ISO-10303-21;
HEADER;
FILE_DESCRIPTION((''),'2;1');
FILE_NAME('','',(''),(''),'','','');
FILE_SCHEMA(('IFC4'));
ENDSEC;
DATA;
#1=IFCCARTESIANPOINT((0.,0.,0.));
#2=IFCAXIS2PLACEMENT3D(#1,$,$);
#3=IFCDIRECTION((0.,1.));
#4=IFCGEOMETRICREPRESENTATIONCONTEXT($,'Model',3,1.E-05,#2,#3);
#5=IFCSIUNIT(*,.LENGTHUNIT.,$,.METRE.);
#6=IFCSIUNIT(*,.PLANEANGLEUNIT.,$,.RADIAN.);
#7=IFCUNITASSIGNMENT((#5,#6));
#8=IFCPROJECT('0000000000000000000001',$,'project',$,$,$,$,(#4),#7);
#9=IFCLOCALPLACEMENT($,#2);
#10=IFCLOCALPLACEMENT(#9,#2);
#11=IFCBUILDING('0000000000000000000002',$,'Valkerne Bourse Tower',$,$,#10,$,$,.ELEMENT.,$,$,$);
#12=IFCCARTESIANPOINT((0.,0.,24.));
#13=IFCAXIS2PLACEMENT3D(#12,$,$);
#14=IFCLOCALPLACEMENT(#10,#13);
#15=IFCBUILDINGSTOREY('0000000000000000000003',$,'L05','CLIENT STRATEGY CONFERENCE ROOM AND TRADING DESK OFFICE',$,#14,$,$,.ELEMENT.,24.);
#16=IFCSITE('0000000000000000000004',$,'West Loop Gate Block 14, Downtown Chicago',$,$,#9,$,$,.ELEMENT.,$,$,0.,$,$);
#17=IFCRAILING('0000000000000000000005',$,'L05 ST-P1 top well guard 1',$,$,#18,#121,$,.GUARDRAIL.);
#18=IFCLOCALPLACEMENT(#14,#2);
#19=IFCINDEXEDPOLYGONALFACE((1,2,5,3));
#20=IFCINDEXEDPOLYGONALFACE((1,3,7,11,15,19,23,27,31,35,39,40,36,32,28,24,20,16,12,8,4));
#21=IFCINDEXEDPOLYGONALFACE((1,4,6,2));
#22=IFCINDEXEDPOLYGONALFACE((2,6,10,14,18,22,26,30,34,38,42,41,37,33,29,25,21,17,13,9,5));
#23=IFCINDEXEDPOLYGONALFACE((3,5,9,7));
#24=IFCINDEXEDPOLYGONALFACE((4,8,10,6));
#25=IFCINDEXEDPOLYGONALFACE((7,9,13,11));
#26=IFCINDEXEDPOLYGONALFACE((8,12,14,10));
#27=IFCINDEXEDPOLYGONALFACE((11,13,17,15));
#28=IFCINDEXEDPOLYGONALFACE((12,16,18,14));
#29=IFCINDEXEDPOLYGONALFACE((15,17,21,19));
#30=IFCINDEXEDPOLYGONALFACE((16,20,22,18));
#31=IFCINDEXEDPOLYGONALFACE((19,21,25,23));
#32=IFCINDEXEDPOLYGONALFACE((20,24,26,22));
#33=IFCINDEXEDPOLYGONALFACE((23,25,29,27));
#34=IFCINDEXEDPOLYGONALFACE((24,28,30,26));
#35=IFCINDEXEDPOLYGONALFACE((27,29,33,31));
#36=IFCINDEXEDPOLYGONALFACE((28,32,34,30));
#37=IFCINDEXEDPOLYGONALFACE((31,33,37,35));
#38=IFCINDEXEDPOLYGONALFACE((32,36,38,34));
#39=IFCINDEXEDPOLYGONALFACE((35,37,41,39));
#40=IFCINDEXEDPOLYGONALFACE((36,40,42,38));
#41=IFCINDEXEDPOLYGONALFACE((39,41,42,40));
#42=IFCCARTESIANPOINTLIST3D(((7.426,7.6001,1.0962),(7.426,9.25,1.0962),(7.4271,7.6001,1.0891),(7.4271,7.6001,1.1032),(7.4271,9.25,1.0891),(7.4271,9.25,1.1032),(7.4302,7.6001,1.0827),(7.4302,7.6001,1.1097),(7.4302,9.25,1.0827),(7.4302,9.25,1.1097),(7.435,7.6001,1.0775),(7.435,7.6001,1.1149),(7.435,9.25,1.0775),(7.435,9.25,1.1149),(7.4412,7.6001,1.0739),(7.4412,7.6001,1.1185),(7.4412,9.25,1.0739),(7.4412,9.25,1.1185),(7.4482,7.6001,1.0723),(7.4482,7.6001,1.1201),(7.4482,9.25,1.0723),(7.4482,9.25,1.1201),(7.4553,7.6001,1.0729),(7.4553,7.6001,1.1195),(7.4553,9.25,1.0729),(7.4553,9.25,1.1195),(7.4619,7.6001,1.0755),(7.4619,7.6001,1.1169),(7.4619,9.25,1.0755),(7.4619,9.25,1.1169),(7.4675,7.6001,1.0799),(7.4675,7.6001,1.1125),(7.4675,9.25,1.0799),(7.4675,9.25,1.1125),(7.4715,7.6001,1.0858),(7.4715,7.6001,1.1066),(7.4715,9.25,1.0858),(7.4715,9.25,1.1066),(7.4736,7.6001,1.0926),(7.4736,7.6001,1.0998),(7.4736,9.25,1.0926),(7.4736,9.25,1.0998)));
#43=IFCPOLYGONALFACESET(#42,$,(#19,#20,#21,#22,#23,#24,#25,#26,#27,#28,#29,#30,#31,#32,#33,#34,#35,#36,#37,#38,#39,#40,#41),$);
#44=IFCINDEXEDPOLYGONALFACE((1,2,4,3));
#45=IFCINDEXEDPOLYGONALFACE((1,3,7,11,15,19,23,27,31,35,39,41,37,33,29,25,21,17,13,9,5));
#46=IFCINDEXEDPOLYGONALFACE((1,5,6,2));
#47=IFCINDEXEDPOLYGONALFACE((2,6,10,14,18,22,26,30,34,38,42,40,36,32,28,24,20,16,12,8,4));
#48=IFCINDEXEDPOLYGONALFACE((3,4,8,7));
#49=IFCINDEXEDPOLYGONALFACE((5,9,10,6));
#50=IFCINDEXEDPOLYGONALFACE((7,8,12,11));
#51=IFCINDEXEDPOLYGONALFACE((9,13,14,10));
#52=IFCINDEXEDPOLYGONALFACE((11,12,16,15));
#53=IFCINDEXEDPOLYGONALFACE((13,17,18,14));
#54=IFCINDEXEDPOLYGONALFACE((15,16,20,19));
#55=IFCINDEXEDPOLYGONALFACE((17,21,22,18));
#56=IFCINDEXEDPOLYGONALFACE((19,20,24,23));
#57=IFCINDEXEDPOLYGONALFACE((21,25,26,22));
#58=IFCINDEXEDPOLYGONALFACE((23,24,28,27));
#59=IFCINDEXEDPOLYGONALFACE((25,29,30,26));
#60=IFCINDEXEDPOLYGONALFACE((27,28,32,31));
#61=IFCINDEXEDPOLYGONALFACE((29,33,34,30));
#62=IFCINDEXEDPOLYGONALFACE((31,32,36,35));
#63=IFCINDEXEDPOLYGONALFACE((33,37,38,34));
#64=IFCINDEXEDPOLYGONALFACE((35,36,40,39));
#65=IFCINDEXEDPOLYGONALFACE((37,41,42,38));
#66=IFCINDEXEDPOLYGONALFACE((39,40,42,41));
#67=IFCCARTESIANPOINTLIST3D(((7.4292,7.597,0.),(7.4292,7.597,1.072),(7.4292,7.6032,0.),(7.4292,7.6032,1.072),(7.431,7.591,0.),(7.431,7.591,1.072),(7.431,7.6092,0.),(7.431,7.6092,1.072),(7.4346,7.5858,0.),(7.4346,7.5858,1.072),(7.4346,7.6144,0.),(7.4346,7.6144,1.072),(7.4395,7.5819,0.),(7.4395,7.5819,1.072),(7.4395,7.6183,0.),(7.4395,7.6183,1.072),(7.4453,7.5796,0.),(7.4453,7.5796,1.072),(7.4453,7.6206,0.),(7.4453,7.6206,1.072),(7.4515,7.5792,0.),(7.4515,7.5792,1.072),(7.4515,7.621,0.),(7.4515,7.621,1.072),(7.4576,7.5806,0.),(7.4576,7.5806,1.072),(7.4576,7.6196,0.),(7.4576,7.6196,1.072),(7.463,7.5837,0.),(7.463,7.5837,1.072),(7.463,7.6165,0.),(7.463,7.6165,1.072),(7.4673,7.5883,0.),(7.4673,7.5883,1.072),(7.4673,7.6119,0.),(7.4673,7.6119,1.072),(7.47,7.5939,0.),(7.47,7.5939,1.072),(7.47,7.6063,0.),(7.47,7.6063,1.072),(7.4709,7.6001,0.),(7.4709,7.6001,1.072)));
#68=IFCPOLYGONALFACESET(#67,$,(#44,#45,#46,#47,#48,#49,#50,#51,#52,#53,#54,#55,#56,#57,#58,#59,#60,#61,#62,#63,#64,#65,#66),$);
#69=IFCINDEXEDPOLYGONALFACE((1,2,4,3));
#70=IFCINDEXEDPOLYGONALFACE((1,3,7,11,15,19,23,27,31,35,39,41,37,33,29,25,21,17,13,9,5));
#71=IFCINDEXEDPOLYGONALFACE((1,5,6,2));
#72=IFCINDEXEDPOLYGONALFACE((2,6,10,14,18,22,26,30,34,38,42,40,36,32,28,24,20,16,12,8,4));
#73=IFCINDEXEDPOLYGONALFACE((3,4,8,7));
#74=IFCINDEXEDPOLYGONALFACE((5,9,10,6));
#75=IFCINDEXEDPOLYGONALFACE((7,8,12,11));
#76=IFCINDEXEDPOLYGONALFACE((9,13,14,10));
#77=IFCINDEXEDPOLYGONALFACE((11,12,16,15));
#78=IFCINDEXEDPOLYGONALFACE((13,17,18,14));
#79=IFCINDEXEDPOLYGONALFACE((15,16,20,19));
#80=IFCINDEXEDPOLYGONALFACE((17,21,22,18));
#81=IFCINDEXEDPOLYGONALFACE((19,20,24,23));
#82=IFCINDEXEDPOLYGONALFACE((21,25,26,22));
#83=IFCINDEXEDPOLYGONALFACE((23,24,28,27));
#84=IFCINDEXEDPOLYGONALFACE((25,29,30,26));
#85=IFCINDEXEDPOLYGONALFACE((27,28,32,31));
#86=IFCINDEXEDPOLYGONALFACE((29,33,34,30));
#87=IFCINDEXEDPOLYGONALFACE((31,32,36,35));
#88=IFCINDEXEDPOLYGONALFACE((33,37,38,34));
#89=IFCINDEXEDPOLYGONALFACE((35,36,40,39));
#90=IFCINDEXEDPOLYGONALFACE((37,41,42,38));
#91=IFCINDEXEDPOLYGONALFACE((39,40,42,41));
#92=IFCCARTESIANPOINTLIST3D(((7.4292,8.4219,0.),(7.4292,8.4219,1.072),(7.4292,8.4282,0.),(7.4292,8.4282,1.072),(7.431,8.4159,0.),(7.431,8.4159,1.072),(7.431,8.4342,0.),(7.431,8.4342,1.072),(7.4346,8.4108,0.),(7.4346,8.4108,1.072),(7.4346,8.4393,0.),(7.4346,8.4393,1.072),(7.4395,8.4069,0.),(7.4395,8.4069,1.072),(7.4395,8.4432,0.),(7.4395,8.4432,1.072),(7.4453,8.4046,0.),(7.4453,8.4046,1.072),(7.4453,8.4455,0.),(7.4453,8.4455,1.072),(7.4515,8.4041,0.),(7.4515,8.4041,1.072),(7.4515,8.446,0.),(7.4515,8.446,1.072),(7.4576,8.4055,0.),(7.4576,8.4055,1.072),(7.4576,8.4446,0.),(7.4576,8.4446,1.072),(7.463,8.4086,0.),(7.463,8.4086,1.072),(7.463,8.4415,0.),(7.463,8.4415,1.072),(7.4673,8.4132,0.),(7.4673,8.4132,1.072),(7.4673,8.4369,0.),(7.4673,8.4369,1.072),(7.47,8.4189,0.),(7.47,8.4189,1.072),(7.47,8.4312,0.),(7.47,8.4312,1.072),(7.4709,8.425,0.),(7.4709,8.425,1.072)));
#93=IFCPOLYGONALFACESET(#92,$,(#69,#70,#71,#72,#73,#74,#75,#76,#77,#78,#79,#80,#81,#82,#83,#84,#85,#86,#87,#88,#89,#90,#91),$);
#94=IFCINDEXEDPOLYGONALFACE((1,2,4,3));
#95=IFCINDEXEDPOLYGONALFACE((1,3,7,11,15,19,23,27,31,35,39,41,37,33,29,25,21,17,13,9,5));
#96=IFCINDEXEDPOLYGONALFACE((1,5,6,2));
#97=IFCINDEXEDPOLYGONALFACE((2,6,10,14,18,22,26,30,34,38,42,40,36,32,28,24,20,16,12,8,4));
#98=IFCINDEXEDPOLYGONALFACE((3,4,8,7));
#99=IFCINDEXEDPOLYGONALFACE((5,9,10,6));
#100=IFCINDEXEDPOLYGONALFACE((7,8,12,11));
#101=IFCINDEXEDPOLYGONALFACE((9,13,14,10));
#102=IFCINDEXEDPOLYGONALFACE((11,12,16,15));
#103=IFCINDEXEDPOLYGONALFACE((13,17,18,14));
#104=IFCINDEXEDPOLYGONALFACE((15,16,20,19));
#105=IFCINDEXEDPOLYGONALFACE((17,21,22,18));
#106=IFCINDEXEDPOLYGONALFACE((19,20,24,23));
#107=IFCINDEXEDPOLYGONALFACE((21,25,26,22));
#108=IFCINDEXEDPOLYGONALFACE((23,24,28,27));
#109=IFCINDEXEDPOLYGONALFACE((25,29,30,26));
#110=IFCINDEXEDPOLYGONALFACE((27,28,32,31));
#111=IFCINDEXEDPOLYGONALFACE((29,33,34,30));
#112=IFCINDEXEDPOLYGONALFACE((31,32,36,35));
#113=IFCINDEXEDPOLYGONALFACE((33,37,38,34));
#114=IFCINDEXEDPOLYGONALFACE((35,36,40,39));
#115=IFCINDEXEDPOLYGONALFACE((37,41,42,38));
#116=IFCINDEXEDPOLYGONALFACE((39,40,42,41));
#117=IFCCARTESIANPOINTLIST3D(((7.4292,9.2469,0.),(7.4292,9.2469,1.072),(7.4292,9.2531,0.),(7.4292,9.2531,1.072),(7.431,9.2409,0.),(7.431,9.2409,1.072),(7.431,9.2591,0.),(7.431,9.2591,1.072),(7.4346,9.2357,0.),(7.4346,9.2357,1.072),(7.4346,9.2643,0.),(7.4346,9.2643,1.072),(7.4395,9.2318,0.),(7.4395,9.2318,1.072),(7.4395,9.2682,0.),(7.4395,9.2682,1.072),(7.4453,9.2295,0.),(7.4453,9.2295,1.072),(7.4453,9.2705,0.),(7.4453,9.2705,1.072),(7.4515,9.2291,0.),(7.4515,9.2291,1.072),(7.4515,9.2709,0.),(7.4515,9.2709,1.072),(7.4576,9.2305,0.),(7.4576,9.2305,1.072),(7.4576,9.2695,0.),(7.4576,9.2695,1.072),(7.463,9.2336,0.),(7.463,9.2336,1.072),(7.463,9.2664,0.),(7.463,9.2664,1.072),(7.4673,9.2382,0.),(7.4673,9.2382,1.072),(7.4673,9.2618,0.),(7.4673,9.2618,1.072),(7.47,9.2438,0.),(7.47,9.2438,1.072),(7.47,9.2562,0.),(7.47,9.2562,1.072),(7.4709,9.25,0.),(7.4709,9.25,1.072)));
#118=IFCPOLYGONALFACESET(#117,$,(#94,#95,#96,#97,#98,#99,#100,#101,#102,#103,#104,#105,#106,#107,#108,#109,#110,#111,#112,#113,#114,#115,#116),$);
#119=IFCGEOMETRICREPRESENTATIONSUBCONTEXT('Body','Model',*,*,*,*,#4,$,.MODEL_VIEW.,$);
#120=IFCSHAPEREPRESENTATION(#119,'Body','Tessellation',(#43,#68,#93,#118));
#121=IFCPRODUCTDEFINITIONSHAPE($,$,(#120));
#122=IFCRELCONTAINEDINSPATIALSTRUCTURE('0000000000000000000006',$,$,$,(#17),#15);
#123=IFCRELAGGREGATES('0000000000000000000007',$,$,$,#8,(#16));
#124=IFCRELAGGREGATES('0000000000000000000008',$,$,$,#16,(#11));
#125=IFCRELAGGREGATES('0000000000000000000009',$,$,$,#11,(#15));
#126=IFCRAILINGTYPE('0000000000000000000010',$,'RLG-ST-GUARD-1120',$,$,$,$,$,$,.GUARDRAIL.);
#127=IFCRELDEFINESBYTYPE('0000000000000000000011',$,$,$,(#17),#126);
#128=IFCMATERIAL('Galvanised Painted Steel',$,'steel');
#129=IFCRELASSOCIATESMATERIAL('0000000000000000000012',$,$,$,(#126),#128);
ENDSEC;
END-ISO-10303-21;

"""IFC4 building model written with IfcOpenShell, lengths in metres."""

from ifc_helpers import new_model, si_unit, direction, frame, origin, origin_2d, place, context, subcontext, project, spatial, circle, extrude, material, type_object, element, save


model = new_model("IFC4")

# Units and contexts
model_context = context("Model", 3, precision=1e-05, world=origin(), true_north=direction((0.0, 1.0)))
body_context = subcontext(model_context, "Body", "Model", "MODEL_VIEW")
ifc_project = project(units=[si_unit("LENGTHUNIT", "METRE"), si_unit("PLANEANGLEUNIT", "RADIAN")], contexts=[model_context])

# Site, building, storey
site_placement = place(None, origin())
site = spatial("IfcSite", under=ifc_project, at=site_placement, Name="West Loop Gate Block 14, Downtown Chicago", CompositionType="ELEMENT", RefElevation=0.0)
building_placement = place(site_placement, origin())
building = spatial("IfcBuilding", under=site, at=building_placement, Name="Valkerne Bourse Tower", CompositionType="ELEMENT")
storey_placement = place(building_placement, frame((0.0, 0.0, 24.0)))
storey = spatial("IfcBuildingStorey", under=building, at=storey_placement, Name="L05", Description="CLIENT STRATEGY CONFERENCE ROOM AND TRADING DESK OFFICE", CompositionType="ELEMENT", Elevation=24.0)

# Railing
ifc_material_1 = material(Name="Galvanised Painted Steel", Category="steel")
railing_type_1 = type_object("IfcRailingType", Name="RLG-ST-GUARD-1120", PredefinedType="GUARDRAIL", material=ifc_material_1)
railing_1_placement = place(storey_placement, frame((7.45, 7.6001, 0.0)))
element("IfcRailing", 1, at=railing_1_placement, inside=storey, type_object=railing_type_1, Name="L05 ST-P1 top well guard 1", PredefinedType="GUARDRAIL", context=body_context, shape_type="SweptSolid", body=[
    extrude(circle(Radius=0.0239, at=origin_2d()), frame((0.0, 0.0, 1.0962), z_axis=(0.0, 1.0, 0.0), x_axis=(-1.0, 0.0, 0.0)), (0.0, 0.0, 1.0), 1.6499),
    extrude(circle(Radius=0.021, at=origin_2d()), origin(), (0.0, 0.0, 1.0), 1.072),
    extrude(circle(Radius=0.021, at=origin_2d()), frame((0.0, 0.825, 0.0)), (0.0, 0.0, 1.0), 1.072),
    extrude(circle(Radius=0.021, at=origin_2d()), frame((0.0, 1.6499, 0.0)), (0.0, 0.0, 1.0), 1.072),
])

save(model, "model.ifc")
